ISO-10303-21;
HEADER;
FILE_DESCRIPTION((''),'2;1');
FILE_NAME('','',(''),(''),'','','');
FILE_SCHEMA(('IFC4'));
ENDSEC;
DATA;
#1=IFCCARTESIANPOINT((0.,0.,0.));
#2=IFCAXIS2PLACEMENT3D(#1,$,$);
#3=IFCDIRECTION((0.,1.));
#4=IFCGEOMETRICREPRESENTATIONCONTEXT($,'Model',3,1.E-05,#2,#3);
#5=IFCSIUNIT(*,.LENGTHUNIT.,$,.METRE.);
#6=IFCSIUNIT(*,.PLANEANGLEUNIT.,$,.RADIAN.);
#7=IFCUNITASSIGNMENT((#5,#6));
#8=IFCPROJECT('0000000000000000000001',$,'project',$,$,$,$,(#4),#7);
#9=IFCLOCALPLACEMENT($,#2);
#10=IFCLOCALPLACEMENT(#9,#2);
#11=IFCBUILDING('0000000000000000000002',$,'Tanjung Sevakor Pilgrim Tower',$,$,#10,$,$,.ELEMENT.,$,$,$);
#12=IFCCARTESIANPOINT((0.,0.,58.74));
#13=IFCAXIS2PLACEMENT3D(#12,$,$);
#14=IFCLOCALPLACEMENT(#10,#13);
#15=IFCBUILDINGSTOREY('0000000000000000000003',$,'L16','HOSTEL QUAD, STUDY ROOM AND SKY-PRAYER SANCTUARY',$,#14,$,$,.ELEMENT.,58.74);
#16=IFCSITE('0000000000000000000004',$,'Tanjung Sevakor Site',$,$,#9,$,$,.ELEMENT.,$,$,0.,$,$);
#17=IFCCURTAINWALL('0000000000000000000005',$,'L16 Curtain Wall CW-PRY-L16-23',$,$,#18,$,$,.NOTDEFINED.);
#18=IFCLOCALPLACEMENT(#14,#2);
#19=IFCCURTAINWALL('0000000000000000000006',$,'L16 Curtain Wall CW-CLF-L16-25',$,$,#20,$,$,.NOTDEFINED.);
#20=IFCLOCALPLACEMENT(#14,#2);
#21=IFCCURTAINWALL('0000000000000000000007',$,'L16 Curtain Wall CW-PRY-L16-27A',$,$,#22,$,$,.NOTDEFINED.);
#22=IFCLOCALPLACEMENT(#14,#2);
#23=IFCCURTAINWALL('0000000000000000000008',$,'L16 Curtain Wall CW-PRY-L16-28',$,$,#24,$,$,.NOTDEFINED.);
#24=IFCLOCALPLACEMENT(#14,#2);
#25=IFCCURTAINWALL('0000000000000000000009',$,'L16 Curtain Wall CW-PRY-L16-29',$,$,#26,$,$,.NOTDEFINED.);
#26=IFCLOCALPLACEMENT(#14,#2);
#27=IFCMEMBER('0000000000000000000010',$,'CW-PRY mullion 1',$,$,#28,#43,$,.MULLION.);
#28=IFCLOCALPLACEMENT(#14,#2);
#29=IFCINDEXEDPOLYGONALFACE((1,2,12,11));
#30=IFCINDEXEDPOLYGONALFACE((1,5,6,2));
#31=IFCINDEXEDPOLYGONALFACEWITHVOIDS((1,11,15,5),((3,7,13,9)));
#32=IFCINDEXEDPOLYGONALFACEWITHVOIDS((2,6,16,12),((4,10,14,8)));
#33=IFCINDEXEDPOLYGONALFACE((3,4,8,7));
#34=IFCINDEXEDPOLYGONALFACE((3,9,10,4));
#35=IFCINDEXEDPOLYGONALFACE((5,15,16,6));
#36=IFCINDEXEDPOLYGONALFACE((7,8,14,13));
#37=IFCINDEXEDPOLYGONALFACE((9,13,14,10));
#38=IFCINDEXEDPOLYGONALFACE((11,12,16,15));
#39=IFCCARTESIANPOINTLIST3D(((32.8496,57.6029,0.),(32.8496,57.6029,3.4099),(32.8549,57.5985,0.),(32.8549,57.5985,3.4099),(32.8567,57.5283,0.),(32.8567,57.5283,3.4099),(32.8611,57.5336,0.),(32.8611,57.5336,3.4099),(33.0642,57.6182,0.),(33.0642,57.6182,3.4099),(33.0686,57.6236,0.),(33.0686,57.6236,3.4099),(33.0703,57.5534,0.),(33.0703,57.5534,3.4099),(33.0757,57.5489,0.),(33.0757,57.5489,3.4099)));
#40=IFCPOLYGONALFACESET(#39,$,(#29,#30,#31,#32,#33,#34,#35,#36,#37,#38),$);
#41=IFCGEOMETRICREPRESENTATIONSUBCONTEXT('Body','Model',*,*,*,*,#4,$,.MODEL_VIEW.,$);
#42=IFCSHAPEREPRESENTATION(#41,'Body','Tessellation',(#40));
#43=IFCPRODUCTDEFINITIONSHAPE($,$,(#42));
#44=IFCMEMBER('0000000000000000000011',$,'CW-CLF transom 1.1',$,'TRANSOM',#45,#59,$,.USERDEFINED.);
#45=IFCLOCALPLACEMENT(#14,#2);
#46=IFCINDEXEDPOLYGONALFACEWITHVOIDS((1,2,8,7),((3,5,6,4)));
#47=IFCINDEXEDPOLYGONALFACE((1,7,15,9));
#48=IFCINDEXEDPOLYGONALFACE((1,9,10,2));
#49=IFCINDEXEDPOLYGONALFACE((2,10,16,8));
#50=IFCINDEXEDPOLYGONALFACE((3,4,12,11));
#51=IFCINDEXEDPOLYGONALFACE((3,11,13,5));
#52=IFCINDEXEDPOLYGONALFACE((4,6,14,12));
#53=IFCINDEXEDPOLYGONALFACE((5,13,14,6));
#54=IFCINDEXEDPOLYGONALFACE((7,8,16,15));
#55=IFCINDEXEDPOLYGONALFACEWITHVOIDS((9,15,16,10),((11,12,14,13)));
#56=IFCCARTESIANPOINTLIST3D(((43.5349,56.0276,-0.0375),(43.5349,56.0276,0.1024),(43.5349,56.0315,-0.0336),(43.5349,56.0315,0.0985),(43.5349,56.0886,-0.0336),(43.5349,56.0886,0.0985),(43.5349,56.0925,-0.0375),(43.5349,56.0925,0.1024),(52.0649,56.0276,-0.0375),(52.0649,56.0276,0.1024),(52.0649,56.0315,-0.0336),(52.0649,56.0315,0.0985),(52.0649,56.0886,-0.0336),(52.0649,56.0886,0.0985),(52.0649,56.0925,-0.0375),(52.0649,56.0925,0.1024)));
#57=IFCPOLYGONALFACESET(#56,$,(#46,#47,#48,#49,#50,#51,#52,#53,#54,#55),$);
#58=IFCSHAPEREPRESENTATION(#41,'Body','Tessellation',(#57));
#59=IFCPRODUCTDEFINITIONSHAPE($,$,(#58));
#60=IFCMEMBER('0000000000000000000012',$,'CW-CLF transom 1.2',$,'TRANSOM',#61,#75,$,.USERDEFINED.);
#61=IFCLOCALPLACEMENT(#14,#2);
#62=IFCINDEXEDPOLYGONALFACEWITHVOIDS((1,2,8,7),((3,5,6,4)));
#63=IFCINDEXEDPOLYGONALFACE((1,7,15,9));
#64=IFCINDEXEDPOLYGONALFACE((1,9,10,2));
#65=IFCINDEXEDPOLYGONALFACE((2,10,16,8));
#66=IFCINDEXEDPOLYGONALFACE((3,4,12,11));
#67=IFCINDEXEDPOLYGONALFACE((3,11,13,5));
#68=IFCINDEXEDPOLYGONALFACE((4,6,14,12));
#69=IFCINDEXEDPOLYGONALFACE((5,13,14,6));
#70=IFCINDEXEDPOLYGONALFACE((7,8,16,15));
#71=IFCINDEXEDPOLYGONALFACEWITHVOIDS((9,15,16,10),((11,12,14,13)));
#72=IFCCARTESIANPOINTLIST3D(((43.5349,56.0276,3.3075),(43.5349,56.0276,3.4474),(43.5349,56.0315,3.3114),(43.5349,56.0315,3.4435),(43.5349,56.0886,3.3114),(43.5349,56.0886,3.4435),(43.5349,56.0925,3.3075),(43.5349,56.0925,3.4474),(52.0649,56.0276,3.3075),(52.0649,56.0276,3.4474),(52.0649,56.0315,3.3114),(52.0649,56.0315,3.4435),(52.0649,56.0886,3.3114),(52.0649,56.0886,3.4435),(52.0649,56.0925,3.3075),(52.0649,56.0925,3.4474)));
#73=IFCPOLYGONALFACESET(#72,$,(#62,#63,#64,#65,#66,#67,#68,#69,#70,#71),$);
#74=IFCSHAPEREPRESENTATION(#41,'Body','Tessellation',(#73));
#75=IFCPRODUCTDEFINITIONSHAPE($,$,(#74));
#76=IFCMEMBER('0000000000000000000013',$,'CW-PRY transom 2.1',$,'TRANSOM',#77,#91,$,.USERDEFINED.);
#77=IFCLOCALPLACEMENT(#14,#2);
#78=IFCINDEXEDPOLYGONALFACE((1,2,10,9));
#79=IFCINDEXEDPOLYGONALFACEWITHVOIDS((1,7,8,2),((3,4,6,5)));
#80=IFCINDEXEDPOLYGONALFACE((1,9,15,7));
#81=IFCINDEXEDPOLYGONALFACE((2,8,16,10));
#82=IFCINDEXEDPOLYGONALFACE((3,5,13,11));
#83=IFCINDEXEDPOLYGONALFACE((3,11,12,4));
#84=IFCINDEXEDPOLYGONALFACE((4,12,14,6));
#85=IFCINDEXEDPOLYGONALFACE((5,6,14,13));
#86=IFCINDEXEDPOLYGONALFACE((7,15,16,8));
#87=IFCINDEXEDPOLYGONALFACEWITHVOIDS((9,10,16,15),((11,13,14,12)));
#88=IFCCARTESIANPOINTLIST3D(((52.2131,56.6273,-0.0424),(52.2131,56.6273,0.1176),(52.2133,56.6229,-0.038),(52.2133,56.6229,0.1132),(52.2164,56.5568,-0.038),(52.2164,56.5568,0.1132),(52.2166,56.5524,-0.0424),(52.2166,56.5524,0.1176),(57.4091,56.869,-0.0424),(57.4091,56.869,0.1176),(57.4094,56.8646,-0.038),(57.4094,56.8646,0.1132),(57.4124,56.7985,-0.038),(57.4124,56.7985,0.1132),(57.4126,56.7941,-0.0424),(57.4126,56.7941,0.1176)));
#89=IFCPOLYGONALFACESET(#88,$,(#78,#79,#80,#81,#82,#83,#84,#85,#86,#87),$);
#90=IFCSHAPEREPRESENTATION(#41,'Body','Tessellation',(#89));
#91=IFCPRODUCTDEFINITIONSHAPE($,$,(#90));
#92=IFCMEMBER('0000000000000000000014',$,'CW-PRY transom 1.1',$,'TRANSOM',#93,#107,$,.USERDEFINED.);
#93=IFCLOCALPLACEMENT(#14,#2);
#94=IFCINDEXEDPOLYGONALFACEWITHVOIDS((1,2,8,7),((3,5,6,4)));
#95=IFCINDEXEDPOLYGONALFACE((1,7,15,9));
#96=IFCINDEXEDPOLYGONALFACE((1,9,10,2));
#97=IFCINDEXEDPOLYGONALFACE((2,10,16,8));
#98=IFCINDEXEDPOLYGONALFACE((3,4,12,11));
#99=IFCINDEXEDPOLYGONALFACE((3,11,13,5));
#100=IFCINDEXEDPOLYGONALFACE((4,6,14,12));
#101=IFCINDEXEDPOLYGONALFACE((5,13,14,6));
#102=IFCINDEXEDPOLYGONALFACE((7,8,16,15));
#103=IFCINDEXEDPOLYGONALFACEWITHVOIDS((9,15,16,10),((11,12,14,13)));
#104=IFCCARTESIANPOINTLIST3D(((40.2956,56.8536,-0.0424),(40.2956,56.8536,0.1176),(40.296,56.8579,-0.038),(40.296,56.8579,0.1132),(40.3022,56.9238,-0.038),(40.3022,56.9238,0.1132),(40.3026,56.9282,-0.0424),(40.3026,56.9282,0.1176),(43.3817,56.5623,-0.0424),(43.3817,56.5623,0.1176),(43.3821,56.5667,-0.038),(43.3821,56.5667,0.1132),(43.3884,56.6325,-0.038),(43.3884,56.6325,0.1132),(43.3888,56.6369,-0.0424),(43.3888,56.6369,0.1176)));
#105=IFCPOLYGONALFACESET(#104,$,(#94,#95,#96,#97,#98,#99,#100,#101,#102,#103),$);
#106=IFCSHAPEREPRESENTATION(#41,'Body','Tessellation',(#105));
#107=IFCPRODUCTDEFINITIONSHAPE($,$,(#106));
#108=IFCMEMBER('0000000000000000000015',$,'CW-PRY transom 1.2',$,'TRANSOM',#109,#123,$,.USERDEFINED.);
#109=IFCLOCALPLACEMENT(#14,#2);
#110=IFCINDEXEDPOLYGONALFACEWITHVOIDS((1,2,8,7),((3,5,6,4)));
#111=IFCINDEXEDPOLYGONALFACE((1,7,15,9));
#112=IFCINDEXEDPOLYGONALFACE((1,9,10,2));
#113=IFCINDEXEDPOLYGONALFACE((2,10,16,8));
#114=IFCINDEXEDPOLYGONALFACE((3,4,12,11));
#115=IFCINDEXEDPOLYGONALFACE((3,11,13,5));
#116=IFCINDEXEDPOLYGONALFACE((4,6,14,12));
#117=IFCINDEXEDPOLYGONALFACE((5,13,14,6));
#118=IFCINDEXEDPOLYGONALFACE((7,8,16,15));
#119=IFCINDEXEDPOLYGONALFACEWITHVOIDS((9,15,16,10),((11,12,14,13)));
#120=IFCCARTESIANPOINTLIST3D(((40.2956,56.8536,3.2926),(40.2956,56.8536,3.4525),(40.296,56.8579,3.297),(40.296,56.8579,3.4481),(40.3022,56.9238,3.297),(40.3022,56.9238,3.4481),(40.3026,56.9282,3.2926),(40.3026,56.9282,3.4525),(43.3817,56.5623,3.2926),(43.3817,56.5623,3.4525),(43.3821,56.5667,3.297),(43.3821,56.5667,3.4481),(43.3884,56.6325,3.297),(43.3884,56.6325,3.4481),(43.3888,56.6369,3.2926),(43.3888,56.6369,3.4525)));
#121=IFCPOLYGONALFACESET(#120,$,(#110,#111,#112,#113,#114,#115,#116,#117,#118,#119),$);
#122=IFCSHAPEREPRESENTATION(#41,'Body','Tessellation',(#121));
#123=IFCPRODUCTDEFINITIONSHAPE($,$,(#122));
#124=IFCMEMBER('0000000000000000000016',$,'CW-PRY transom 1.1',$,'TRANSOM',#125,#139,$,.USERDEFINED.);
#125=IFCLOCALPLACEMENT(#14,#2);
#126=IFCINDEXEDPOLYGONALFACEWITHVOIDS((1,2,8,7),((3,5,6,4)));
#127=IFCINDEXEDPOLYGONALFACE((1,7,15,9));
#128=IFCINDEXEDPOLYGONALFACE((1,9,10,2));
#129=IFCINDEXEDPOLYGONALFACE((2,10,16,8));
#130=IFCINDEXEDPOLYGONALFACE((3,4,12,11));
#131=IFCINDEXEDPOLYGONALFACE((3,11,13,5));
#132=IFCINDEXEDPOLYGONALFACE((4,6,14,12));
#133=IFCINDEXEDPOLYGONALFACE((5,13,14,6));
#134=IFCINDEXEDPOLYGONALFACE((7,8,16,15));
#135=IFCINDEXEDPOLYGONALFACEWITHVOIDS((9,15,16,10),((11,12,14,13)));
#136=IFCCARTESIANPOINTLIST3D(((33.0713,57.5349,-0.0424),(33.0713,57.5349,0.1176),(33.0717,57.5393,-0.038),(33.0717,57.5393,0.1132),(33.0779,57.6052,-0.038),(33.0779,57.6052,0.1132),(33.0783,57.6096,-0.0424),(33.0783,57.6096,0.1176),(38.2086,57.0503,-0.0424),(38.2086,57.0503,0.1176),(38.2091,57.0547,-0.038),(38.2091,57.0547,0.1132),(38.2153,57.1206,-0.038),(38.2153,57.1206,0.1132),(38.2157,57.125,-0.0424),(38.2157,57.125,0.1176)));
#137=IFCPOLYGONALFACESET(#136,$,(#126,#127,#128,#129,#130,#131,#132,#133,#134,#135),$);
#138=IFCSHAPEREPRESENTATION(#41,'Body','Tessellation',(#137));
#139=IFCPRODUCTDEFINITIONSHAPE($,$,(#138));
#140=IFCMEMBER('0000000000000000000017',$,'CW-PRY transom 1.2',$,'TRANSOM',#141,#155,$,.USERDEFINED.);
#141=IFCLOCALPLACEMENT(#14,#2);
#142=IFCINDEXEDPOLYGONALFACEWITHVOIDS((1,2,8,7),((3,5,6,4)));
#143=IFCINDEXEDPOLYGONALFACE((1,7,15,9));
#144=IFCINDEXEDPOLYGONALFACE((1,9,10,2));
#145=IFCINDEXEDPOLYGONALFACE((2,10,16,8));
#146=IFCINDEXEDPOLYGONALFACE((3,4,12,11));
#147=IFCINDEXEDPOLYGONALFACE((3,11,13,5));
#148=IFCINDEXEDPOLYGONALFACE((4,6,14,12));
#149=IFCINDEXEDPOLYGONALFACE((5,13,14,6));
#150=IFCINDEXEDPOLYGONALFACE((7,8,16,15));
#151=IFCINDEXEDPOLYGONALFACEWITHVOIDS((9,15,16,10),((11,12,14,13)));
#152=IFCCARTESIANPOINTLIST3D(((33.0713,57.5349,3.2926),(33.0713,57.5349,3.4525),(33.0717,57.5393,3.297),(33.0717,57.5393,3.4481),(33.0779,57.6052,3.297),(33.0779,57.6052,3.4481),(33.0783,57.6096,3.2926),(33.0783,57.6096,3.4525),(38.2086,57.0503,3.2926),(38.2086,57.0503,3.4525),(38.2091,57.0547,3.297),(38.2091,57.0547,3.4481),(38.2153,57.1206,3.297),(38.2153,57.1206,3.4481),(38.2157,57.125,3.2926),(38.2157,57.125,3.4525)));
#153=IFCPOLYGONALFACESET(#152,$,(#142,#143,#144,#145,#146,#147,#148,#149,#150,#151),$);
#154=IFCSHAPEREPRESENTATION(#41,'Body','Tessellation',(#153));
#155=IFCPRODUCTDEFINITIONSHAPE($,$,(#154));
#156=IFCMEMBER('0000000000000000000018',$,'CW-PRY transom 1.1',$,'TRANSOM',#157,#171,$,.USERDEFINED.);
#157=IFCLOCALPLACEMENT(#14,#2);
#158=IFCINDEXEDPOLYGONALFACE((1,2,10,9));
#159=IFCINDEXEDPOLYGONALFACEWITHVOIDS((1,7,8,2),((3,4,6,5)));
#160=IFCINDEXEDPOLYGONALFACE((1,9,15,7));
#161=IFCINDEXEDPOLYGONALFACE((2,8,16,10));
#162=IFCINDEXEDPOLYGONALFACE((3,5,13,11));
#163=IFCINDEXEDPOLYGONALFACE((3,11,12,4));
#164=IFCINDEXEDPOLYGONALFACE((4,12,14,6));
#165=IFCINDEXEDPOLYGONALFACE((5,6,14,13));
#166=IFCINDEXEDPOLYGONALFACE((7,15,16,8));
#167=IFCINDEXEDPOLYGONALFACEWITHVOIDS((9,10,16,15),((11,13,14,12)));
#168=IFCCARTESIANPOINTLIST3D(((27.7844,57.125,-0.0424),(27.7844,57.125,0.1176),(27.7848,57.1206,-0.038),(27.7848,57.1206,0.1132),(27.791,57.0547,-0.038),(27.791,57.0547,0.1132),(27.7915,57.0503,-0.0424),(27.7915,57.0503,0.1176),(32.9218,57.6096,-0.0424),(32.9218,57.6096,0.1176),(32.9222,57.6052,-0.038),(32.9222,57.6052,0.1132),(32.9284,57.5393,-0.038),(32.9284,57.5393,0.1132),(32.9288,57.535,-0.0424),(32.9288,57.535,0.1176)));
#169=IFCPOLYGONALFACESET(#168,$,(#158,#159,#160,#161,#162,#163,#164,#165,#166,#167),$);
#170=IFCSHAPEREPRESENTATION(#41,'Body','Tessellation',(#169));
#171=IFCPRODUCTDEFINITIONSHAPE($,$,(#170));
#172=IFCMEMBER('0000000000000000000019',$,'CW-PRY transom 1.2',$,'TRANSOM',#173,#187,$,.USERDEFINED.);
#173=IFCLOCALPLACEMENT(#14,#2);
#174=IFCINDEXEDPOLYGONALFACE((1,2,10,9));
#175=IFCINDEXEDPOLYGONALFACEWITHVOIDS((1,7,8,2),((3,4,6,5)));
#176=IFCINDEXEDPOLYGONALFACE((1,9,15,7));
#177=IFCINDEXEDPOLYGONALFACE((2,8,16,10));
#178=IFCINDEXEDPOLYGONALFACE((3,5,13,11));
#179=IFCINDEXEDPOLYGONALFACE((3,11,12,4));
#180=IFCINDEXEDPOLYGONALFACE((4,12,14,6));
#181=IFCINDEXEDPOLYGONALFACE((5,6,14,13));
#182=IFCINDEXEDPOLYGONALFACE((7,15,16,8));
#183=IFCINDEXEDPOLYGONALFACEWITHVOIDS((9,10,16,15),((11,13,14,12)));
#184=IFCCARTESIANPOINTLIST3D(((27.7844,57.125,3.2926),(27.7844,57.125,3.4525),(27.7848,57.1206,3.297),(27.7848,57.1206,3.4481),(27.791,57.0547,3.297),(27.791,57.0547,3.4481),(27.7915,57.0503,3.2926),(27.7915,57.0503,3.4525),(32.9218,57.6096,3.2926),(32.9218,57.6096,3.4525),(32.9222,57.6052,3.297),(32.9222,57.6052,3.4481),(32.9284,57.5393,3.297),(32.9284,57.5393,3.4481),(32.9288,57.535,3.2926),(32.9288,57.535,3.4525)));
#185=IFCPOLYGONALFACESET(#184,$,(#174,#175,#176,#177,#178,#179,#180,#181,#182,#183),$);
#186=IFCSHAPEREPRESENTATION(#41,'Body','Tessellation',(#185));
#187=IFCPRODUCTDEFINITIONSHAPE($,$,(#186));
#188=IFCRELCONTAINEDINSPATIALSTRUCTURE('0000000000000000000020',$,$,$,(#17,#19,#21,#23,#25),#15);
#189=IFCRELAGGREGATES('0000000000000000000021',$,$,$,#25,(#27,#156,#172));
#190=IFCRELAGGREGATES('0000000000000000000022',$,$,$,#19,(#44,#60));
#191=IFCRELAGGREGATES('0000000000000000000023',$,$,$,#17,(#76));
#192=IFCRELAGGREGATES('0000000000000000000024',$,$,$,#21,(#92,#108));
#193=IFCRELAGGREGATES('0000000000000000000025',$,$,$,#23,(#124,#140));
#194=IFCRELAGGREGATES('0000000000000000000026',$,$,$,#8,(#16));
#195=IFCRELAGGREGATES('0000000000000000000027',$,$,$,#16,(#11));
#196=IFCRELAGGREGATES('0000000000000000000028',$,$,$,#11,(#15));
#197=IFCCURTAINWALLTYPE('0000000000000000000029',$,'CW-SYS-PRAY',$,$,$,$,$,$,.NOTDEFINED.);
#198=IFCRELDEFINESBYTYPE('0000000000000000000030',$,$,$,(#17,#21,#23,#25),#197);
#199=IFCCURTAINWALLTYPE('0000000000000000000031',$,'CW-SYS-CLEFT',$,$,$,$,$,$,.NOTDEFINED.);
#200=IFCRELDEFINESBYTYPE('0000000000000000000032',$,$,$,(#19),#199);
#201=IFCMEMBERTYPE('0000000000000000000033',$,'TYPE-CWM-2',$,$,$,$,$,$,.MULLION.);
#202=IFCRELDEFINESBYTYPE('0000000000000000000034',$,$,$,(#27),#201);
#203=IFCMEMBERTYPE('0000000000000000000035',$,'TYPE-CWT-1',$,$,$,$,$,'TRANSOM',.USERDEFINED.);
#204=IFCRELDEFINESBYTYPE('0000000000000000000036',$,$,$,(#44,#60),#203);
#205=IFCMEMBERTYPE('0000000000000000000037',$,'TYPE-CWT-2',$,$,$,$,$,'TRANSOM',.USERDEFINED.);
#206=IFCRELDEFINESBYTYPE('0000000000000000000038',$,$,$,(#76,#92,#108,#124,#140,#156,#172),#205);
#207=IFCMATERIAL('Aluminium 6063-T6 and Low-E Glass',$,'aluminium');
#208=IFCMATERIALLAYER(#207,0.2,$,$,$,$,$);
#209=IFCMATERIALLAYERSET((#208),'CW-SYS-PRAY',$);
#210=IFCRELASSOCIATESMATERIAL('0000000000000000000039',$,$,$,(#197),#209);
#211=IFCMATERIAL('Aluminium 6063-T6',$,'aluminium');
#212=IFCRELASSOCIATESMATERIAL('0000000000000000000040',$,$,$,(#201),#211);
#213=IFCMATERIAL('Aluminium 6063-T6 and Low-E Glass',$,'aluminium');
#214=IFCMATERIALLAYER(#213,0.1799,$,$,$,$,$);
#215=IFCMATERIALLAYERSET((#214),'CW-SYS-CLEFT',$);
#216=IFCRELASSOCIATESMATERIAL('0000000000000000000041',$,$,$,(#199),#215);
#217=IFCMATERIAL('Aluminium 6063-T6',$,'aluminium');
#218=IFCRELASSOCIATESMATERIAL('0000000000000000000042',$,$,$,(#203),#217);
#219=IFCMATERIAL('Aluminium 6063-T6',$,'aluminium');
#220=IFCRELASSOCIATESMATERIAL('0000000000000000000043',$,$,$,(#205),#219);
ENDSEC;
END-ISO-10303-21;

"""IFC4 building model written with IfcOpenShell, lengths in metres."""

from ifc_helpers import new_model, si_unit, direction, frame, origin, origin_2d, place, context, subcontext, project, spatial, hollow_rectangle, extrude, material, layer, layer_set, material_profile, profile_set, type_object, element, aggregate, save


model = new_model("IFC4")

# Units and contexts
model_context = context("Model", 3, precision=1e-05, world=origin(), true_north=direction((0.0, 1.0)))
body_context = subcontext(model_context, "Body", "Model", "MODEL_VIEW")
ifc_project = project(units=[si_unit("LENGTHUNIT", "METRE"), si_unit("PLANEANGLEUNIT", "RADIAN")], contexts=[model_context])

# Site, building, storey
site_placement = place(None, origin())
site = spatial("IfcSite", under=ifc_project, at=site_placement, Name="Tanjung Sevakor Site", CompositionType="ELEMENT", RefElevation=0.0)
building_placement = place(site_placement, origin())
building = spatial("IfcBuilding", under=site, at=building_placement, Name="Tanjung Sevakor Pilgrim Tower", CompositionType="ELEMENT")
storey_placement = place(building_placement, frame((0.0, 0.0, 58.74)))
storey = spatial("IfcBuildingStorey", under=building, at=storey_placement, Name="L16", Description="HOSTEL QUAD, STUDY ROOM AND SKY-PRAYER SANCTUARY", CompositionType="ELEMENT", Elevation=58.74)

# Curtain wall
ifc_material_1 = material(Name="Aluminium 6063-T6 and Low-E Glass", Category="aluminium")
ifc_layer_1 = layer(ifc_material_1, 0.2)
ifc_layer_set_1 = layer_set([ifc_layer_1], Name="CW-SYS-PRAY")
curtain_wall_type_1 = type_object("IfcCurtainWallType", Name="CW-SYS-PRAY", PredefinedType="NOTDEFINED", material=ifc_layer_set_1)
curtain_wall_1_placement = place(storey_placement, origin())
curtain_wall_1 = element("IfcCurtainWall", 1, at=curtain_wall_1_placement, inside=storey, type_object=curtain_wall_type_1, Name="L16 Curtain Wall CW-PRY-L16-23", PredefinedType="NOTDEFINED")
ifc_material_2 = material(Name="Aluminium 6063-T6", Category="aluminium")
ifc_material_profile_1 = material_profile(ifc_material_2, hollow_rectangle(XDim=0.075, YDim=0.22, WallThickness=0.0049, at=origin_2d()))
ifc_profile_set_1 = profile_set([ifc_material_profile_1], Name="Aluminium 6063-T6")
member_type_1 = type_object("IfcMemberType", Name="TYPE-CWM-2", PredefinedType="MULLION", material=ifc_profile_set_1)

# Curtain walls
ifc_material_3 = material(Name="Aluminium 6063-T6 and Low-E Glass", Category="aluminium")
ifc_layer_2 = layer(ifc_material_3, 0.1799)
ifc_layer_set_2 = layer_set([ifc_layer_2], Name="CW-SYS-CLEFT")
curtain_wall_type_2 = type_object("IfcCurtainWallType", Name="CW-SYS-CLEFT", PredefinedType="NOTDEFINED", material=ifc_layer_set_2)
curtain_wall_2_placement = place(storey_placement, origin())
curtain_wall_2 = element("IfcCurtainWall", 2, at=curtain_wall_2_placement, inside=storey, type_object=curtain_wall_type_2, Name="L16 Curtain Wall CW-CLF-L16-25", PredefinedType="NOTDEFINED")
curtain_wall_3_placement = place(storey_placement, origin())
curtain_wall_3 = element("IfcCurtainWall", 3, at=curtain_wall_3_placement, inside=storey, type_object=curtain_wall_type_1, Name="L16 Curtain Wall CW-PRY-L16-27A", PredefinedType="NOTDEFINED")
curtain_wall_4_placement = place(storey_placement, origin())
curtain_wall_4 = element("IfcCurtainWall", 4, at=curtain_wall_4_placement, inside=storey, type_object=curtain_wall_type_1, Name="L16 Curtain Wall CW-PRY-L16-28", PredefinedType="NOTDEFINED")

# Curtain wall, member
curtain_wall_5_placement = place(storey_placement, origin())
curtain_wall_5 = element("IfcCurtainWall", 5, at=curtain_wall_5_placement, inside=storey, type_object=curtain_wall_type_1, Name="L16 Curtain Wall CW-PRY-L16-29", PredefinedType="NOTDEFINED")
member_1_placement = place(storey_placement, frame((32.9626, 57.5759, 0.0), z_axis=(0.0, 0.0, 1.0), x_axis=(0.093929, -0.995579, 0.0)))
member_1 = element("IfcMember", 6, at=member_1_placement, type_object=member_type_1, Name="CW-PRY mullion 1", PredefinedType="MULLION", context=body_context, shape_type="SweptSolid", body=[
    extrude(hollow_rectangle(XDim=0.075, YDim=0.22, WallThickness=0.0049, at=origin_2d()), origin(), (0.0, 0.0, 1.0), 3.4099),
])

# Members
ifc_material_4 = material(Name="Aluminium 6063-T6", Category="aluminium")
ifc_material_profile_2 = material_profile(ifc_material_4, hollow_rectangle(XDim=0.0649, YDim=0.1399, WallThickness=0.0039, at=origin_2d()))
ifc_profile_set_2 = profile_set([ifc_material_profile_2], Name="Aluminium 6063-T6")
member_type_2 = type_object("IfcMemberType", Name="TYPE-CWT-1", ElementType="TRANSOM", PredefinedType="USERDEFINED", material=ifc_profile_set_2)
member_2_placement = place(storey_placement, frame((52.0649, 56.0601, 0.0325), z_axis=(-1.0, 0.0, 0.0), x_axis=(0.0, -1.0, 0.0)))
member_2 = element("IfcMember", 7, at=member_2_placement, type_object=member_type_2, Name="CW-CLF transom 1.1", ObjectType="TRANSOM", PredefinedType="USERDEFINED", context=body_context, shape_type="SweptSolid", body=[
    extrude(hollow_rectangle(XDim=0.0649, YDim=0.1399, WallThickness=0.0039, at=origin_2d()), origin(), (0.0, 0.0, 1.0), 8.53),
])
member_3_placement = place(storey_placement, frame((52.0649, 56.0601, 3.3774), z_axis=(-1.0, 0.0, 0.0), x_axis=(0.0, -1.0, 0.0)))
member_3 = element("IfcMember", 8, at=member_3_placement, type_object=member_type_2, Name="CW-CLF transom 1.2", ObjectType="TRANSOM", PredefinedType="USERDEFINED", context=body_context, shape_type="SweptSolid", body=[
    extrude(hollow_rectangle(XDim=0.0649, YDim=0.1399, WallThickness=0.0039, at=origin_2d()), origin(), (0.0, 0.0, 1.0), 8.53),
])
ifc_material_5 = material(Name="Aluminium 6063-T6", Category="aluminium")
ifc_material_profile_3 = material_profile(ifc_material_5, hollow_rectangle(XDim=0.075, YDim=0.1599, WallThickness=0.0044, at=origin_2d()))
ifc_profile_set_3 = profile_set([ifc_material_profile_3], Name="Aluminium 6063-T6")
member_type_3 = type_object("IfcMemberType", Name="TYPE-CWT-2", ElementType="TRANSOM", PredefinedType="USERDEFINED", material=ifc_profile_set_3)
member_4_placement = place(storey_placement, frame((57.4109, 56.8315, 0.0376), z_axis=(-0.99892, -0.046466, 0.0), x_axis=(0.046466, -0.99892, 0.0)))
member_4 = element("IfcMember", 9, at=member_4_placement, type_object=member_type_3, Name="CW-PRY transom 2.1", ObjectType="TRANSOM", PredefinedType="USERDEFINED", context=body_context, shape_type="SweptSolid", body=[
    extrude(hollow_rectangle(XDim=0.075, YDim=0.1599, WallThickness=0.0044, at=origin_2d()), origin(), (0.0, 0.0, 1.0), 5.2017),
])
member_5_placement = place(storey_placement, frame((43.3853, 56.5996, 0.0376), z_axis=(-0.995576, 0.093958, 0.0), x_axis=(-0.093958, -0.995576, 0.0)))
member_5 = element("IfcMember", 10, at=member_5_placement, type_object=member_type_3, Name="CW-PRY transom 1.1", ObjectType="TRANSOM", PredefinedType="USERDEFINED", context=body_context, shape_type="SweptSolid", body=[
    extrude(hollow_rectangle(XDim=0.075, YDim=0.1599, WallThickness=0.0044, at=origin_2d()), origin(), (0.0, 0.0, 1.0), 3.0999),
])
member_6_placement = place(storey_placement, frame((43.3853, 56.5996, 3.3726), z_axis=(-0.995576, 0.093958, 0.0), x_axis=(-0.093958, -0.995576, 0.0)))
member_6 = element("IfcMember", 11, at=member_6_placement, type_object=member_type_3, Name="CW-PRY transom 1.2", ObjectType="TRANSOM", PredefinedType="USERDEFINED", context=body_context, shape_type="SweptSolid", body=[
    extrude(hollow_rectangle(XDim=0.075, YDim=0.1599, WallThickness=0.0044, at=origin_2d()), origin(), (0.0, 0.0, 1.0), 3.0999),
])
member_7_placement = place(storey_placement, frame((38.2122, 57.0876, 0.0376), z_axis=(-0.99558, 0.093914, 0.0), x_axis=(-0.093914, -0.99558, 0.0)))
member_7 = element("IfcMember", 12, at=member_7_placement, type_object=member_type_3, Name="CW-PRY transom 1.1", ObjectType="TRANSOM", PredefinedType="USERDEFINED", context=body_context, shape_type="SweptSolid", body=[
    extrude(hollow_rectangle(XDim=0.075, YDim=0.1599, WallThickness=0.0044, at=origin_2d()), origin(), (0.0, 0.0, 1.0), 5.1602),
])
member_8_placement = place(storey_placement, frame((38.2122, 57.0876, 3.3726), z_axis=(-0.99558, 0.093914, 0.0), x_axis=(-0.093914, -0.99558, 0.0)))
member_8 = element("IfcMember", 13, at=member_8_placement, type_object=member_type_3, Name="CW-PRY transom 1.2", ObjectType="TRANSOM", PredefinedType="USERDEFINED", context=body_context, shape_type="SweptSolid", body=[
    extrude(hollow_rectangle(XDim=0.075, YDim=0.1599, WallThickness=0.0044, at=origin_2d()), origin(), (0.0, 0.0, 1.0), 5.1602),
])
member_9_placement = place(storey_placement, frame((32.9253, 57.5723, 0.0376), z_axis=(-0.99558, -0.093914, 0.0), x_axis=(0.093914, -0.99558, 0.0)))
member_9 = element("IfcMember", 14, at=member_9_placement, type_object=member_type_3, Name="CW-PRY transom 1.1", ObjectType="TRANSOM", PredefinedType="USERDEFINED", context=body_context, shape_type="SweptSolid", body=[
    extrude(hollow_rectangle(XDim=0.075, YDim=0.1599, WallThickness=0.0044, at=origin_2d()), origin(), (0.0, 0.0, 1.0), 5.1602),
])
member_10_placement = place(storey_placement, frame((32.9253, 57.5723, 3.3726), z_axis=(-0.99558, -0.093914, 0.0), x_axis=(0.093914, -0.99558, 0.0)))
member_10 = element("IfcMember", 15, at=member_10_placement, type_object=member_type_3, Name="CW-PRY transom 1.2", ObjectType="TRANSOM", PredefinedType="USERDEFINED", context=body_context, shape_type="SweptSolid", body=[
    extrude(hollow_rectangle(XDim=0.075, YDim=0.1599, WallThickness=0.0044, at=origin_2d()), origin(), (0.0, 0.0, 1.0), 5.1602),
])
aggregate(curtain_wall_5, [member_1, member_9, member_10])

aggregate(curtain_wall_2, [member_2, member_3])
aggregate(curtain_wall_1, [member_4])
aggregate(curtain_wall_3, [member_5, member_6])
aggregate(curtain_wall_4, [member_7, member_8])

save(model, "model.ifc")
